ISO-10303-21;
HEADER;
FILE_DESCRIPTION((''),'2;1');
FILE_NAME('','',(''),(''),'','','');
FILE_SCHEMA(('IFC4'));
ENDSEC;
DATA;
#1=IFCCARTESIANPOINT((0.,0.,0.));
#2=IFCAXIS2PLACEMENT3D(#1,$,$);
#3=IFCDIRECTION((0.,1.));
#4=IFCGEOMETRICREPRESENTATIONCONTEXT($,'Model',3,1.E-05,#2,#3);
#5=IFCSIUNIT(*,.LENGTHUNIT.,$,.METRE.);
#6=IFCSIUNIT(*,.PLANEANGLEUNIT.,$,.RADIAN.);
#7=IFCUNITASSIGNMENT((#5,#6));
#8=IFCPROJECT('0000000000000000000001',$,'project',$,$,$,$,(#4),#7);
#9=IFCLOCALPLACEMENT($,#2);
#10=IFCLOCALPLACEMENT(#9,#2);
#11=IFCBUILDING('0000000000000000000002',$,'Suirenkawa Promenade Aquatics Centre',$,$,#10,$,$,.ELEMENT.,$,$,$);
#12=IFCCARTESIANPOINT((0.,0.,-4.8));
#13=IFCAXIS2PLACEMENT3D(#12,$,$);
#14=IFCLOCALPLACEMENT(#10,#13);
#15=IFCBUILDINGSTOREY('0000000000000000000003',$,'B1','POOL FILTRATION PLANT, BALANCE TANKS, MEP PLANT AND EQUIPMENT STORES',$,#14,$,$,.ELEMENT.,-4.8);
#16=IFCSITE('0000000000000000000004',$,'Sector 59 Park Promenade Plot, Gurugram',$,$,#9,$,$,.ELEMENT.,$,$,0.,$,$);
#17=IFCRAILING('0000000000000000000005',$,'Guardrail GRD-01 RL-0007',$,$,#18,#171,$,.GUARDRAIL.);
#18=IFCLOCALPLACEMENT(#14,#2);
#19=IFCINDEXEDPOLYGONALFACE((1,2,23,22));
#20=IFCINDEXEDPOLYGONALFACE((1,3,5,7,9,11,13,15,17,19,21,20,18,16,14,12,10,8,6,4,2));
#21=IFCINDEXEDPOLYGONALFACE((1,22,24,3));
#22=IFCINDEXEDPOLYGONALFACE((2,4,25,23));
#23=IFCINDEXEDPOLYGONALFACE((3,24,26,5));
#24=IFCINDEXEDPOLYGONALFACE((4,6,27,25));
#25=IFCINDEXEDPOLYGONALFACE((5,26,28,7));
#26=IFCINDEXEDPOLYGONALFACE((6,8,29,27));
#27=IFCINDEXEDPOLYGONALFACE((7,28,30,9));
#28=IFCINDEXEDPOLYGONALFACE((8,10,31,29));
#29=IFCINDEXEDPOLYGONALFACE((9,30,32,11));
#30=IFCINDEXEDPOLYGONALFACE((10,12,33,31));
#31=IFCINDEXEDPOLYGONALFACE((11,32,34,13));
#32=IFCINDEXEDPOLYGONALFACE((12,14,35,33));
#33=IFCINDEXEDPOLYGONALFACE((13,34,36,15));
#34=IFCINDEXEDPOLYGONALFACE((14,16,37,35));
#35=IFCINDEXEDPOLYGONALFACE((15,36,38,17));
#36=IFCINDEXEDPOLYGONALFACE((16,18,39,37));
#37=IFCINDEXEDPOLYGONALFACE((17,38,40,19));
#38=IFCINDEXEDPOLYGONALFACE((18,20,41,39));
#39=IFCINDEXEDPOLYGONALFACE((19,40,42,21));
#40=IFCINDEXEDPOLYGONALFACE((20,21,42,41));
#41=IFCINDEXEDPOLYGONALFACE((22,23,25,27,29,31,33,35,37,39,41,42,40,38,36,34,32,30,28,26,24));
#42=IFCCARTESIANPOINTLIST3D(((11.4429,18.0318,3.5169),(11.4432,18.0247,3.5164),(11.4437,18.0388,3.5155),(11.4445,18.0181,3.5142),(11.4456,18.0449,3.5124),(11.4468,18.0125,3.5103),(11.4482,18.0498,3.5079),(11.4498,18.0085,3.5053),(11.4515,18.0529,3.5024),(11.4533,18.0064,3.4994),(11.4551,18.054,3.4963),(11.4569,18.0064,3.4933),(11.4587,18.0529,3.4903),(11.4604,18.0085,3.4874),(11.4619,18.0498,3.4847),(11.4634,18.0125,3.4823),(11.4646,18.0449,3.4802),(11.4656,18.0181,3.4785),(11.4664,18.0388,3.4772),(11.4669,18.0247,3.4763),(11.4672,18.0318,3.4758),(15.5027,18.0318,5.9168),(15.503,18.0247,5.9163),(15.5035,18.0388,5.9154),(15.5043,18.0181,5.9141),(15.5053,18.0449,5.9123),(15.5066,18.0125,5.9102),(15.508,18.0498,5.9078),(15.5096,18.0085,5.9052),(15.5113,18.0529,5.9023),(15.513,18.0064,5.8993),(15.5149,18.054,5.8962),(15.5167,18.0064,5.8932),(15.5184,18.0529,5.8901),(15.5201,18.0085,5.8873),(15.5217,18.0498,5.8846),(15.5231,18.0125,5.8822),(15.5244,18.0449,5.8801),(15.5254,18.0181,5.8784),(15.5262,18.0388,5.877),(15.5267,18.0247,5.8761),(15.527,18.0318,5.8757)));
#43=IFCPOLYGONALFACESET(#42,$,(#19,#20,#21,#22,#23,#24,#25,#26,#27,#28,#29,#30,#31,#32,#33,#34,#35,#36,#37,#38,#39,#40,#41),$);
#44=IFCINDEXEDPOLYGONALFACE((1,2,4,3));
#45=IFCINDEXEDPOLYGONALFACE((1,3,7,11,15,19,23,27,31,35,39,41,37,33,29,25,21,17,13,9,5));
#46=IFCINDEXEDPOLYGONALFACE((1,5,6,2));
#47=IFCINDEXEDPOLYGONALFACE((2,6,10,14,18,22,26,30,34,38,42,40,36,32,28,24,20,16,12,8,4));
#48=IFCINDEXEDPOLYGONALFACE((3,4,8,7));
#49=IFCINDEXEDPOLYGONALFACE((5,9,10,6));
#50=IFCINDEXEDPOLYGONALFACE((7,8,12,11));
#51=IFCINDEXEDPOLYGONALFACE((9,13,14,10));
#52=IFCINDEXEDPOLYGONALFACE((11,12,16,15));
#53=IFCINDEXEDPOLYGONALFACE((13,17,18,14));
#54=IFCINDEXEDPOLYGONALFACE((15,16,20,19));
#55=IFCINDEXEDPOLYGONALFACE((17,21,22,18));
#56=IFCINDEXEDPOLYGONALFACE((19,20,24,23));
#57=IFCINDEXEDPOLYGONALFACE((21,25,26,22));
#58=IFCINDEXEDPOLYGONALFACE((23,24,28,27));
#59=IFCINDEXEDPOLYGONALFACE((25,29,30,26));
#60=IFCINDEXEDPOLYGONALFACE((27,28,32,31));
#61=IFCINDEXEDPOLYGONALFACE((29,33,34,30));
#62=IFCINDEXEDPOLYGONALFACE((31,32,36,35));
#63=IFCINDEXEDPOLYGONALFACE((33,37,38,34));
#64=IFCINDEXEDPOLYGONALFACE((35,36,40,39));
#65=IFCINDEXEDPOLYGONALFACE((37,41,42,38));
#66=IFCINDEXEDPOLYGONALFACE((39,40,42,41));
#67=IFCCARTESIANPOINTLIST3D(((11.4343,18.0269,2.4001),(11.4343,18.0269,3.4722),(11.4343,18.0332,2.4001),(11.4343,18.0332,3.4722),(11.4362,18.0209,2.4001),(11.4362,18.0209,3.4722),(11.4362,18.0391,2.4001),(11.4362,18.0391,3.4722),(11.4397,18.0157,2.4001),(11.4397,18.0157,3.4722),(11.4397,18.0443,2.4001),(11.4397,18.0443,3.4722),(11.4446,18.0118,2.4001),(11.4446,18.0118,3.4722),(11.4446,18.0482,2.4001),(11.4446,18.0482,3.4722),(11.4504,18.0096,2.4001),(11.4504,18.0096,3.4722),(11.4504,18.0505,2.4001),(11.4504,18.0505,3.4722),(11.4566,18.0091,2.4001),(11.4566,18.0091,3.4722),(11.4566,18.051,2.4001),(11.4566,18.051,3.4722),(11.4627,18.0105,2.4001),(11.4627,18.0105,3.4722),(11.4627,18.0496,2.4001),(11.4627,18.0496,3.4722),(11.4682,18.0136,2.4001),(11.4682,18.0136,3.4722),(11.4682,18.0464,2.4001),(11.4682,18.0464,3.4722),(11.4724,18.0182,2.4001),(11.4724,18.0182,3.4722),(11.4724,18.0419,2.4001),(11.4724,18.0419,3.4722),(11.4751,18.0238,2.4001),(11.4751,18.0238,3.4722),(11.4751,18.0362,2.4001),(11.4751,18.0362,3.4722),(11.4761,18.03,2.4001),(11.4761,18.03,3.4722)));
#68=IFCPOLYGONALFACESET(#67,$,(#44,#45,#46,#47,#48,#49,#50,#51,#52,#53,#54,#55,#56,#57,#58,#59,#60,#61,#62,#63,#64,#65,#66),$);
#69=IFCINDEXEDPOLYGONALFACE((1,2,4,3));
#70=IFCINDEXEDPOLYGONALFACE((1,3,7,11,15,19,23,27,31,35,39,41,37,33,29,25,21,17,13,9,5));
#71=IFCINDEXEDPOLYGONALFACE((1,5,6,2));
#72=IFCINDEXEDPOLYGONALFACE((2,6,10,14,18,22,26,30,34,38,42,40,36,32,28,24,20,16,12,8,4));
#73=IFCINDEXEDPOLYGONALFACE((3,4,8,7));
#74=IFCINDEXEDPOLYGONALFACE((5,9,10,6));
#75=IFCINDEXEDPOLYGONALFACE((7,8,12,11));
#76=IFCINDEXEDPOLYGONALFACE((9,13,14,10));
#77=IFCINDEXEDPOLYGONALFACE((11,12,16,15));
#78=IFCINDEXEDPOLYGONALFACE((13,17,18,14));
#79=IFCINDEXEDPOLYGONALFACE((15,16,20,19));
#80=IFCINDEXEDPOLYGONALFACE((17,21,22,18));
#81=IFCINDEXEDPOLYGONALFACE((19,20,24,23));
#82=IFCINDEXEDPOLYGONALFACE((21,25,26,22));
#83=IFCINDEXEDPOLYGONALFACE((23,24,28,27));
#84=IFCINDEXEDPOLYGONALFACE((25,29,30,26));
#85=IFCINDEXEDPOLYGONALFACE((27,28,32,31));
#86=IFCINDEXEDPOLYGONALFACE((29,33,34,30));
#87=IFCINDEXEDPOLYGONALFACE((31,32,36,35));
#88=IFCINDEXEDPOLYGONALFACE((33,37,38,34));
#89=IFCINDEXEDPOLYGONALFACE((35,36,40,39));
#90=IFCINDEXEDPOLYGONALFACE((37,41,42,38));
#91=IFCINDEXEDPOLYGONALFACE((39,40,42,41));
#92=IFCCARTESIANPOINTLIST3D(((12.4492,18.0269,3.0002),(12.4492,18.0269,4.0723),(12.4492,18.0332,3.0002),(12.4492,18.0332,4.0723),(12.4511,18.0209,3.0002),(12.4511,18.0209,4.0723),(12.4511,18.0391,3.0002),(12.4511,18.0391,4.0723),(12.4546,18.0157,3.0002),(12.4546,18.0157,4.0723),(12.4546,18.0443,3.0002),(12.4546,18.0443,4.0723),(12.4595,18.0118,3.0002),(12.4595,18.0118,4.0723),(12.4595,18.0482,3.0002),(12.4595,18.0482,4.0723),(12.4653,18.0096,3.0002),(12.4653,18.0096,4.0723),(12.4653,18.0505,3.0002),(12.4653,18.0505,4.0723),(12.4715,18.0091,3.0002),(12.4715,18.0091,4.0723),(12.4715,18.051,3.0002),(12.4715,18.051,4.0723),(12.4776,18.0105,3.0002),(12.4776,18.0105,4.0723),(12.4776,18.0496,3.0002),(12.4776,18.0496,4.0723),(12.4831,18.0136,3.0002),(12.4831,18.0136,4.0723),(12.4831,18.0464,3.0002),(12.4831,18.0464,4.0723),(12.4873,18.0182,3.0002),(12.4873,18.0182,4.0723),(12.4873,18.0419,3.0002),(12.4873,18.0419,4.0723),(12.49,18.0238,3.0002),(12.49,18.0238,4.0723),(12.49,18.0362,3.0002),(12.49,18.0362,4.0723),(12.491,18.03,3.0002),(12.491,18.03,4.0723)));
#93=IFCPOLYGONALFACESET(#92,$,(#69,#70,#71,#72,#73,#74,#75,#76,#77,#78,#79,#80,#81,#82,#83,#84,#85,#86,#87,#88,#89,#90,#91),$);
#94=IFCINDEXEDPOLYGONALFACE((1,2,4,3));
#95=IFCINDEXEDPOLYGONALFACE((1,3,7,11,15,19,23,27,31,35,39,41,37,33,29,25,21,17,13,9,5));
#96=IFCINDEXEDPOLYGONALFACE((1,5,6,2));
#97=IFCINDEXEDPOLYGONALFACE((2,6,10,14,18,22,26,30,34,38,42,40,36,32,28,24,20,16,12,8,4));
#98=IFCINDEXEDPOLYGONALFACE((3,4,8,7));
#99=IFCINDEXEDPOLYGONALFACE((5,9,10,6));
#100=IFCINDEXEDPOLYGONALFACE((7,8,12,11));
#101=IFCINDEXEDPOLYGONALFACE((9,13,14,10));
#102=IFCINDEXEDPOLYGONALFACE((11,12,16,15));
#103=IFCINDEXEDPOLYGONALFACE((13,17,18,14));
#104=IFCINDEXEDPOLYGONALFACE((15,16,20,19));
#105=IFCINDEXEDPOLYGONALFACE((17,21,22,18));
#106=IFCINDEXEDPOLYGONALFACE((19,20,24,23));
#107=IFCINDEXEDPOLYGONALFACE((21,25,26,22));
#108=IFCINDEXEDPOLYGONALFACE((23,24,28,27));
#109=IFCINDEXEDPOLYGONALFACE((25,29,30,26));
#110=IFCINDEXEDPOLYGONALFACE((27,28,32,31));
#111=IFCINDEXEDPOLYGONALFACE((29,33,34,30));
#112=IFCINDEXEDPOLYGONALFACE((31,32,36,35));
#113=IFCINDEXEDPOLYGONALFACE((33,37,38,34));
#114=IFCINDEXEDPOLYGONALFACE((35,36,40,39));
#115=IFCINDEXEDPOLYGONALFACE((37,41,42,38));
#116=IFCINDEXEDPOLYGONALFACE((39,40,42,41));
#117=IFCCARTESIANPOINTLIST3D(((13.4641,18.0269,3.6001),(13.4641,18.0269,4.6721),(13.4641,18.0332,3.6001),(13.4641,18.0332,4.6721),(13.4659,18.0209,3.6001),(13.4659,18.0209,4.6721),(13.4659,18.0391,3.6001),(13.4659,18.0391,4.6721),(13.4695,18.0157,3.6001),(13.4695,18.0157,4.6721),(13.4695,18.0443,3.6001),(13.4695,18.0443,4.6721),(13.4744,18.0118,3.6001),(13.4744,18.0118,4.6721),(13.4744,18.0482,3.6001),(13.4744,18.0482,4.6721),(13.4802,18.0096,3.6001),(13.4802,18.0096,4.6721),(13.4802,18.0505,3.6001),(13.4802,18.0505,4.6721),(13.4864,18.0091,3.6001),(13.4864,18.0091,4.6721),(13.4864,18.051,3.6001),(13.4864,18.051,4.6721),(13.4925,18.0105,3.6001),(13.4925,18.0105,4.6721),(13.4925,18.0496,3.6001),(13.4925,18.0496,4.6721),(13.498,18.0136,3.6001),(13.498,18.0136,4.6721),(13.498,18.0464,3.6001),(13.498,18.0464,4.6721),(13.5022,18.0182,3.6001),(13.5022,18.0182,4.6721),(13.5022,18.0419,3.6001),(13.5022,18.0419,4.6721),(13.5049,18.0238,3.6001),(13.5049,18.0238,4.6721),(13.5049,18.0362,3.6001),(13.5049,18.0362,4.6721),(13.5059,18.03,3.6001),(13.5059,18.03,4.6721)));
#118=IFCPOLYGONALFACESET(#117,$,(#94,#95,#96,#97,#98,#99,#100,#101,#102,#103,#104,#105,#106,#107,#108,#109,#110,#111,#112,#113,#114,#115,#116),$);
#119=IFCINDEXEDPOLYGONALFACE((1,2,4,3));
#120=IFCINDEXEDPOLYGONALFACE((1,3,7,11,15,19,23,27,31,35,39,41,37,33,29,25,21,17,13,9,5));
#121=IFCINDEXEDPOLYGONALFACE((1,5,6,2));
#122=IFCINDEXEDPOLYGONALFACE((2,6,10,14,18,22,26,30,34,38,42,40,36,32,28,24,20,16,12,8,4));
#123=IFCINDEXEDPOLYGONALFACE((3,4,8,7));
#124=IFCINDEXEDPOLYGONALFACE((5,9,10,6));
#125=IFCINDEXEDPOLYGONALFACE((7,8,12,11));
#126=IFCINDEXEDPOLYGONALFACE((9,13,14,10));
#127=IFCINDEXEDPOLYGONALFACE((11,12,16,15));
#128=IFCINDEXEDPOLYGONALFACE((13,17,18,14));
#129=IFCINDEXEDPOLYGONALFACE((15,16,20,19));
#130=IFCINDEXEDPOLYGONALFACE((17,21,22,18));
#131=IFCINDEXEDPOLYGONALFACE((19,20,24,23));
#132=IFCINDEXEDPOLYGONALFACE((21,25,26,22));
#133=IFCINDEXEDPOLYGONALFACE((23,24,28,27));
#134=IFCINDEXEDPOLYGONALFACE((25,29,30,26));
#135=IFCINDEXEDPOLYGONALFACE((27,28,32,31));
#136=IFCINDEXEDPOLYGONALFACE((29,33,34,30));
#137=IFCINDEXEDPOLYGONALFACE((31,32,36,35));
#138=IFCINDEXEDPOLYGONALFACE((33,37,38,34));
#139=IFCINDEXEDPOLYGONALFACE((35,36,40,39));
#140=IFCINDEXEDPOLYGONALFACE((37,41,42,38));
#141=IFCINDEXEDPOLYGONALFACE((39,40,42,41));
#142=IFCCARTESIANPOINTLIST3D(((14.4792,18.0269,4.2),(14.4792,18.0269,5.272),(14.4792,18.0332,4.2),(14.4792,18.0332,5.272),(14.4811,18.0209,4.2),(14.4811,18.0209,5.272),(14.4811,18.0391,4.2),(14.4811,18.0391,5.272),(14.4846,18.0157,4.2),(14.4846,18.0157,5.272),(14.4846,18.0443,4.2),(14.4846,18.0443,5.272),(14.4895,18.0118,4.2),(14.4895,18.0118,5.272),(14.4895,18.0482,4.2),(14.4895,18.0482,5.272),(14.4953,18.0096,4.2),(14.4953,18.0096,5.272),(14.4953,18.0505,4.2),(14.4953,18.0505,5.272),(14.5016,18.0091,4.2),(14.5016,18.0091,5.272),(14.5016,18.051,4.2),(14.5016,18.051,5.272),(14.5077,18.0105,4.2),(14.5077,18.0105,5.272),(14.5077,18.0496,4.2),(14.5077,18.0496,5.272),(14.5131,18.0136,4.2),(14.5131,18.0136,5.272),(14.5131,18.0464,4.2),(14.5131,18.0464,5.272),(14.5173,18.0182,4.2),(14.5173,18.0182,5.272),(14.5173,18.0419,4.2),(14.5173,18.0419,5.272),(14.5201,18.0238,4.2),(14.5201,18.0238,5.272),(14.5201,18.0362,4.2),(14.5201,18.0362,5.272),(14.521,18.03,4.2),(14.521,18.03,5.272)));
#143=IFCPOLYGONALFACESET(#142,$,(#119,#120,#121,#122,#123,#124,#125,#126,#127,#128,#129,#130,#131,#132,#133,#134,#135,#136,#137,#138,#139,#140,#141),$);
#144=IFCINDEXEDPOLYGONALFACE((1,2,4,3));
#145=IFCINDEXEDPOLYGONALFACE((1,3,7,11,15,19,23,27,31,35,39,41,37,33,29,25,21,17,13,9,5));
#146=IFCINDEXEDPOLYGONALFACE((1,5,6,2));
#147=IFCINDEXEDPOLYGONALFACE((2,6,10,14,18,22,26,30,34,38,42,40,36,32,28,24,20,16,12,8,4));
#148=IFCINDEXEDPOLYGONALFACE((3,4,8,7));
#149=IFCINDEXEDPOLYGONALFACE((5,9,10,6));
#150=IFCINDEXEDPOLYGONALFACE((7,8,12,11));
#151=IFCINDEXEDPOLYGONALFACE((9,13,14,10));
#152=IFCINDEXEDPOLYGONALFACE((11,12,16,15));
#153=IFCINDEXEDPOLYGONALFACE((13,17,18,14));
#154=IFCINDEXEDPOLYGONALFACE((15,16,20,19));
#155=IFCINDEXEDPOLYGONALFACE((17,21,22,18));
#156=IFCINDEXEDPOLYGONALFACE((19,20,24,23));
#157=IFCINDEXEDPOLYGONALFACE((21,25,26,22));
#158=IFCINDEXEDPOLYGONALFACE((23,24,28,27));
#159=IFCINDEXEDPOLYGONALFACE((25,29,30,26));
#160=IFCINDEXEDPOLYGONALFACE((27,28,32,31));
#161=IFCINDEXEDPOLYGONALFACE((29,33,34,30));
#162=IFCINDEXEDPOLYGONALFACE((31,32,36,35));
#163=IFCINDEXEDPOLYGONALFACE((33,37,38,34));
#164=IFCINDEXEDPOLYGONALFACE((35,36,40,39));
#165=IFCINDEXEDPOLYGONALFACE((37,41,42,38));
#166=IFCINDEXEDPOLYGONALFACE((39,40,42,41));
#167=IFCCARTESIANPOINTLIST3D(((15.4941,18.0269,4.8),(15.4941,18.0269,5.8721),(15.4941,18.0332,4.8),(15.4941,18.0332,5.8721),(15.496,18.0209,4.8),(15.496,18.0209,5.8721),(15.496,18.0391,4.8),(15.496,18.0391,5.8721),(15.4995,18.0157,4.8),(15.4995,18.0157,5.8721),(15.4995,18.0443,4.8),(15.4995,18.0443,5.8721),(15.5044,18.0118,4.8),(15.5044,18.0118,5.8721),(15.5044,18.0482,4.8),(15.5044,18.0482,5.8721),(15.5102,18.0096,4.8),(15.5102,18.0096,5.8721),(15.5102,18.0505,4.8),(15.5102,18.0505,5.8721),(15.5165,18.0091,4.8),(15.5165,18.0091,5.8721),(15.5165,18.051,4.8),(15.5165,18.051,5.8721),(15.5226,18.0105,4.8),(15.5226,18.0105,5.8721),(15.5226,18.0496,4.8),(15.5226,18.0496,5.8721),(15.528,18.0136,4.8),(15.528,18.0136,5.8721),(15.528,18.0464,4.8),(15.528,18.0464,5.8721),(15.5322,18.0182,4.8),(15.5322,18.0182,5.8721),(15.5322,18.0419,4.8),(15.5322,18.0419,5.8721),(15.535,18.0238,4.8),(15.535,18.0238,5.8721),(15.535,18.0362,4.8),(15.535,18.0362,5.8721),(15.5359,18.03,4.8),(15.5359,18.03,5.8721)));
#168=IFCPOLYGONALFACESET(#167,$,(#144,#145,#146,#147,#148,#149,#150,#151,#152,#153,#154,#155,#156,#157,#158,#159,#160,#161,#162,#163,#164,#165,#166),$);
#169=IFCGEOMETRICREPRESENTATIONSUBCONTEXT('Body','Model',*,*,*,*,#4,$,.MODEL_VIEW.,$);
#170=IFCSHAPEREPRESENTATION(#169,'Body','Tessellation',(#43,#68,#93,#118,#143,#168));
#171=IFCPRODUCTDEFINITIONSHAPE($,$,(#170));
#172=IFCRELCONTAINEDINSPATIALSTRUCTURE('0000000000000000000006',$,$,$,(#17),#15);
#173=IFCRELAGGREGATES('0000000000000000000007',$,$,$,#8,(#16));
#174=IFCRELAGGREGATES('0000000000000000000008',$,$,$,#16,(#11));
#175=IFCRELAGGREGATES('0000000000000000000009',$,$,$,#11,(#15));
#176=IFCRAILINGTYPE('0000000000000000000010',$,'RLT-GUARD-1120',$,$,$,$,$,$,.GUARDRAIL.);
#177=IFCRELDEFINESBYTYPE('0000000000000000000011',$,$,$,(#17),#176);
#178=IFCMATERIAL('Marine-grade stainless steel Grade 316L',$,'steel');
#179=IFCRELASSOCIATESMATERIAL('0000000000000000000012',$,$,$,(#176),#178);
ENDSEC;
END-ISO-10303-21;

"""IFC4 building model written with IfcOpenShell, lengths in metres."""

from ifc_helpers import new_model, si_unit, direction, frame, origin, origin_2d, place, context, subcontext, project, spatial, circle, extrude, material, type_object, element, save


model = new_model("IFC4")

# Units and contexts
model_context = context("Model", 3, precision=1e-05, world=origin(), true_north=direction((0.0, 1.0)))
body_context = subcontext(model_context, "Body", "Model", "MODEL_VIEW")
ifc_project = project(units=[si_unit("LENGTHUNIT", "METRE"), si_unit("PLANEANGLEUNIT", "RADIAN")], contexts=[model_context])

# Site, building, storey
site_placement = place(None, origin())
site = spatial("IfcSite", under=ifc_project, at=site_placement, Name="Sector 59 Park Promenade Plot, Gurugram", CompositionType="ELEMENT", RefElevation=0.0)
building_placement = place(site_placement, origin())
building = spatial("IfcBuilding", under=site, at=building_placement, Name="Suirenkawa Promenade Aquatics Centre", CompositionType="ELEMENT")
storey_placement = place(building_placement, frame((0.0, 0.0, -4.8)))
storey = spatial("IfcBuildingStorey", under=building, at=storey_placement, Name="B1", Description="POOL FILTRATION PLANT, BALANCE TANKS, MEP PLANT AND EQUIPMENT STORES", CompositionType="ELEMENT", Elevation=-4.8)

# Railing
ifc_material_1 = material(Name="Marine-grade stainless steel Grade 316L", Category="steel")
railing_type_1 = type_object("IfcRailingType", Name="RLT-GUARD-1120", PredefinedType="GUARDRAIL", material=ifc_material_1)
for number, where, name in (
    (1, (11.4551, 18.03, 2.4001), "Guardrail GRD-01 RL-0007"),
):
    element("IfcRailing", number, at=place(storey_placement, frame(where)), inside=storey, type_object=railing_type_1, Name=name, PredefinedType="GUARDRAIL", context=body_context, shape_type="SweptSolid", body=[
        extrude(circle(Radius=0.0239, at=origin_2d()), frame((0.0, 0.0, 1.0962), z_axis=(0.860841, 0.0, 0.508874), x_axis=(0.0, 1.0, 0.0)), (0.0, 0.0, 1.0), 4.7161),
        extrude(circle(Radius=0.021, at=origin_2d()), origin(), (0.0, 0.0, 1.0), 1.072),
        extrude(circle(Radius=0.021, at=origin_2d()), frame((1.0149, 0.0, 0.6001)), (0.0, 0.0, 1.0), 1.072),
        extrude(circle(Radius=0.021, at=origin_2d()), frame((2.0298, 0.0, 1.2)), (0.0, 0.0, 1.0), 1.072),
        extrude(circle(Radius=0.021, at=origin_2d()), frame((3.0449, 0.0, 1.7998)), (0.0, 0.0, 1.0), 1.072),
        extrude(circle(Radius=0.021, at=origin_2d()), frame((4.0598, 0.0, 2.3999)), (0.0, 0.0, 1.0), 1.072),
    ])

save(model, "model.ifc")
